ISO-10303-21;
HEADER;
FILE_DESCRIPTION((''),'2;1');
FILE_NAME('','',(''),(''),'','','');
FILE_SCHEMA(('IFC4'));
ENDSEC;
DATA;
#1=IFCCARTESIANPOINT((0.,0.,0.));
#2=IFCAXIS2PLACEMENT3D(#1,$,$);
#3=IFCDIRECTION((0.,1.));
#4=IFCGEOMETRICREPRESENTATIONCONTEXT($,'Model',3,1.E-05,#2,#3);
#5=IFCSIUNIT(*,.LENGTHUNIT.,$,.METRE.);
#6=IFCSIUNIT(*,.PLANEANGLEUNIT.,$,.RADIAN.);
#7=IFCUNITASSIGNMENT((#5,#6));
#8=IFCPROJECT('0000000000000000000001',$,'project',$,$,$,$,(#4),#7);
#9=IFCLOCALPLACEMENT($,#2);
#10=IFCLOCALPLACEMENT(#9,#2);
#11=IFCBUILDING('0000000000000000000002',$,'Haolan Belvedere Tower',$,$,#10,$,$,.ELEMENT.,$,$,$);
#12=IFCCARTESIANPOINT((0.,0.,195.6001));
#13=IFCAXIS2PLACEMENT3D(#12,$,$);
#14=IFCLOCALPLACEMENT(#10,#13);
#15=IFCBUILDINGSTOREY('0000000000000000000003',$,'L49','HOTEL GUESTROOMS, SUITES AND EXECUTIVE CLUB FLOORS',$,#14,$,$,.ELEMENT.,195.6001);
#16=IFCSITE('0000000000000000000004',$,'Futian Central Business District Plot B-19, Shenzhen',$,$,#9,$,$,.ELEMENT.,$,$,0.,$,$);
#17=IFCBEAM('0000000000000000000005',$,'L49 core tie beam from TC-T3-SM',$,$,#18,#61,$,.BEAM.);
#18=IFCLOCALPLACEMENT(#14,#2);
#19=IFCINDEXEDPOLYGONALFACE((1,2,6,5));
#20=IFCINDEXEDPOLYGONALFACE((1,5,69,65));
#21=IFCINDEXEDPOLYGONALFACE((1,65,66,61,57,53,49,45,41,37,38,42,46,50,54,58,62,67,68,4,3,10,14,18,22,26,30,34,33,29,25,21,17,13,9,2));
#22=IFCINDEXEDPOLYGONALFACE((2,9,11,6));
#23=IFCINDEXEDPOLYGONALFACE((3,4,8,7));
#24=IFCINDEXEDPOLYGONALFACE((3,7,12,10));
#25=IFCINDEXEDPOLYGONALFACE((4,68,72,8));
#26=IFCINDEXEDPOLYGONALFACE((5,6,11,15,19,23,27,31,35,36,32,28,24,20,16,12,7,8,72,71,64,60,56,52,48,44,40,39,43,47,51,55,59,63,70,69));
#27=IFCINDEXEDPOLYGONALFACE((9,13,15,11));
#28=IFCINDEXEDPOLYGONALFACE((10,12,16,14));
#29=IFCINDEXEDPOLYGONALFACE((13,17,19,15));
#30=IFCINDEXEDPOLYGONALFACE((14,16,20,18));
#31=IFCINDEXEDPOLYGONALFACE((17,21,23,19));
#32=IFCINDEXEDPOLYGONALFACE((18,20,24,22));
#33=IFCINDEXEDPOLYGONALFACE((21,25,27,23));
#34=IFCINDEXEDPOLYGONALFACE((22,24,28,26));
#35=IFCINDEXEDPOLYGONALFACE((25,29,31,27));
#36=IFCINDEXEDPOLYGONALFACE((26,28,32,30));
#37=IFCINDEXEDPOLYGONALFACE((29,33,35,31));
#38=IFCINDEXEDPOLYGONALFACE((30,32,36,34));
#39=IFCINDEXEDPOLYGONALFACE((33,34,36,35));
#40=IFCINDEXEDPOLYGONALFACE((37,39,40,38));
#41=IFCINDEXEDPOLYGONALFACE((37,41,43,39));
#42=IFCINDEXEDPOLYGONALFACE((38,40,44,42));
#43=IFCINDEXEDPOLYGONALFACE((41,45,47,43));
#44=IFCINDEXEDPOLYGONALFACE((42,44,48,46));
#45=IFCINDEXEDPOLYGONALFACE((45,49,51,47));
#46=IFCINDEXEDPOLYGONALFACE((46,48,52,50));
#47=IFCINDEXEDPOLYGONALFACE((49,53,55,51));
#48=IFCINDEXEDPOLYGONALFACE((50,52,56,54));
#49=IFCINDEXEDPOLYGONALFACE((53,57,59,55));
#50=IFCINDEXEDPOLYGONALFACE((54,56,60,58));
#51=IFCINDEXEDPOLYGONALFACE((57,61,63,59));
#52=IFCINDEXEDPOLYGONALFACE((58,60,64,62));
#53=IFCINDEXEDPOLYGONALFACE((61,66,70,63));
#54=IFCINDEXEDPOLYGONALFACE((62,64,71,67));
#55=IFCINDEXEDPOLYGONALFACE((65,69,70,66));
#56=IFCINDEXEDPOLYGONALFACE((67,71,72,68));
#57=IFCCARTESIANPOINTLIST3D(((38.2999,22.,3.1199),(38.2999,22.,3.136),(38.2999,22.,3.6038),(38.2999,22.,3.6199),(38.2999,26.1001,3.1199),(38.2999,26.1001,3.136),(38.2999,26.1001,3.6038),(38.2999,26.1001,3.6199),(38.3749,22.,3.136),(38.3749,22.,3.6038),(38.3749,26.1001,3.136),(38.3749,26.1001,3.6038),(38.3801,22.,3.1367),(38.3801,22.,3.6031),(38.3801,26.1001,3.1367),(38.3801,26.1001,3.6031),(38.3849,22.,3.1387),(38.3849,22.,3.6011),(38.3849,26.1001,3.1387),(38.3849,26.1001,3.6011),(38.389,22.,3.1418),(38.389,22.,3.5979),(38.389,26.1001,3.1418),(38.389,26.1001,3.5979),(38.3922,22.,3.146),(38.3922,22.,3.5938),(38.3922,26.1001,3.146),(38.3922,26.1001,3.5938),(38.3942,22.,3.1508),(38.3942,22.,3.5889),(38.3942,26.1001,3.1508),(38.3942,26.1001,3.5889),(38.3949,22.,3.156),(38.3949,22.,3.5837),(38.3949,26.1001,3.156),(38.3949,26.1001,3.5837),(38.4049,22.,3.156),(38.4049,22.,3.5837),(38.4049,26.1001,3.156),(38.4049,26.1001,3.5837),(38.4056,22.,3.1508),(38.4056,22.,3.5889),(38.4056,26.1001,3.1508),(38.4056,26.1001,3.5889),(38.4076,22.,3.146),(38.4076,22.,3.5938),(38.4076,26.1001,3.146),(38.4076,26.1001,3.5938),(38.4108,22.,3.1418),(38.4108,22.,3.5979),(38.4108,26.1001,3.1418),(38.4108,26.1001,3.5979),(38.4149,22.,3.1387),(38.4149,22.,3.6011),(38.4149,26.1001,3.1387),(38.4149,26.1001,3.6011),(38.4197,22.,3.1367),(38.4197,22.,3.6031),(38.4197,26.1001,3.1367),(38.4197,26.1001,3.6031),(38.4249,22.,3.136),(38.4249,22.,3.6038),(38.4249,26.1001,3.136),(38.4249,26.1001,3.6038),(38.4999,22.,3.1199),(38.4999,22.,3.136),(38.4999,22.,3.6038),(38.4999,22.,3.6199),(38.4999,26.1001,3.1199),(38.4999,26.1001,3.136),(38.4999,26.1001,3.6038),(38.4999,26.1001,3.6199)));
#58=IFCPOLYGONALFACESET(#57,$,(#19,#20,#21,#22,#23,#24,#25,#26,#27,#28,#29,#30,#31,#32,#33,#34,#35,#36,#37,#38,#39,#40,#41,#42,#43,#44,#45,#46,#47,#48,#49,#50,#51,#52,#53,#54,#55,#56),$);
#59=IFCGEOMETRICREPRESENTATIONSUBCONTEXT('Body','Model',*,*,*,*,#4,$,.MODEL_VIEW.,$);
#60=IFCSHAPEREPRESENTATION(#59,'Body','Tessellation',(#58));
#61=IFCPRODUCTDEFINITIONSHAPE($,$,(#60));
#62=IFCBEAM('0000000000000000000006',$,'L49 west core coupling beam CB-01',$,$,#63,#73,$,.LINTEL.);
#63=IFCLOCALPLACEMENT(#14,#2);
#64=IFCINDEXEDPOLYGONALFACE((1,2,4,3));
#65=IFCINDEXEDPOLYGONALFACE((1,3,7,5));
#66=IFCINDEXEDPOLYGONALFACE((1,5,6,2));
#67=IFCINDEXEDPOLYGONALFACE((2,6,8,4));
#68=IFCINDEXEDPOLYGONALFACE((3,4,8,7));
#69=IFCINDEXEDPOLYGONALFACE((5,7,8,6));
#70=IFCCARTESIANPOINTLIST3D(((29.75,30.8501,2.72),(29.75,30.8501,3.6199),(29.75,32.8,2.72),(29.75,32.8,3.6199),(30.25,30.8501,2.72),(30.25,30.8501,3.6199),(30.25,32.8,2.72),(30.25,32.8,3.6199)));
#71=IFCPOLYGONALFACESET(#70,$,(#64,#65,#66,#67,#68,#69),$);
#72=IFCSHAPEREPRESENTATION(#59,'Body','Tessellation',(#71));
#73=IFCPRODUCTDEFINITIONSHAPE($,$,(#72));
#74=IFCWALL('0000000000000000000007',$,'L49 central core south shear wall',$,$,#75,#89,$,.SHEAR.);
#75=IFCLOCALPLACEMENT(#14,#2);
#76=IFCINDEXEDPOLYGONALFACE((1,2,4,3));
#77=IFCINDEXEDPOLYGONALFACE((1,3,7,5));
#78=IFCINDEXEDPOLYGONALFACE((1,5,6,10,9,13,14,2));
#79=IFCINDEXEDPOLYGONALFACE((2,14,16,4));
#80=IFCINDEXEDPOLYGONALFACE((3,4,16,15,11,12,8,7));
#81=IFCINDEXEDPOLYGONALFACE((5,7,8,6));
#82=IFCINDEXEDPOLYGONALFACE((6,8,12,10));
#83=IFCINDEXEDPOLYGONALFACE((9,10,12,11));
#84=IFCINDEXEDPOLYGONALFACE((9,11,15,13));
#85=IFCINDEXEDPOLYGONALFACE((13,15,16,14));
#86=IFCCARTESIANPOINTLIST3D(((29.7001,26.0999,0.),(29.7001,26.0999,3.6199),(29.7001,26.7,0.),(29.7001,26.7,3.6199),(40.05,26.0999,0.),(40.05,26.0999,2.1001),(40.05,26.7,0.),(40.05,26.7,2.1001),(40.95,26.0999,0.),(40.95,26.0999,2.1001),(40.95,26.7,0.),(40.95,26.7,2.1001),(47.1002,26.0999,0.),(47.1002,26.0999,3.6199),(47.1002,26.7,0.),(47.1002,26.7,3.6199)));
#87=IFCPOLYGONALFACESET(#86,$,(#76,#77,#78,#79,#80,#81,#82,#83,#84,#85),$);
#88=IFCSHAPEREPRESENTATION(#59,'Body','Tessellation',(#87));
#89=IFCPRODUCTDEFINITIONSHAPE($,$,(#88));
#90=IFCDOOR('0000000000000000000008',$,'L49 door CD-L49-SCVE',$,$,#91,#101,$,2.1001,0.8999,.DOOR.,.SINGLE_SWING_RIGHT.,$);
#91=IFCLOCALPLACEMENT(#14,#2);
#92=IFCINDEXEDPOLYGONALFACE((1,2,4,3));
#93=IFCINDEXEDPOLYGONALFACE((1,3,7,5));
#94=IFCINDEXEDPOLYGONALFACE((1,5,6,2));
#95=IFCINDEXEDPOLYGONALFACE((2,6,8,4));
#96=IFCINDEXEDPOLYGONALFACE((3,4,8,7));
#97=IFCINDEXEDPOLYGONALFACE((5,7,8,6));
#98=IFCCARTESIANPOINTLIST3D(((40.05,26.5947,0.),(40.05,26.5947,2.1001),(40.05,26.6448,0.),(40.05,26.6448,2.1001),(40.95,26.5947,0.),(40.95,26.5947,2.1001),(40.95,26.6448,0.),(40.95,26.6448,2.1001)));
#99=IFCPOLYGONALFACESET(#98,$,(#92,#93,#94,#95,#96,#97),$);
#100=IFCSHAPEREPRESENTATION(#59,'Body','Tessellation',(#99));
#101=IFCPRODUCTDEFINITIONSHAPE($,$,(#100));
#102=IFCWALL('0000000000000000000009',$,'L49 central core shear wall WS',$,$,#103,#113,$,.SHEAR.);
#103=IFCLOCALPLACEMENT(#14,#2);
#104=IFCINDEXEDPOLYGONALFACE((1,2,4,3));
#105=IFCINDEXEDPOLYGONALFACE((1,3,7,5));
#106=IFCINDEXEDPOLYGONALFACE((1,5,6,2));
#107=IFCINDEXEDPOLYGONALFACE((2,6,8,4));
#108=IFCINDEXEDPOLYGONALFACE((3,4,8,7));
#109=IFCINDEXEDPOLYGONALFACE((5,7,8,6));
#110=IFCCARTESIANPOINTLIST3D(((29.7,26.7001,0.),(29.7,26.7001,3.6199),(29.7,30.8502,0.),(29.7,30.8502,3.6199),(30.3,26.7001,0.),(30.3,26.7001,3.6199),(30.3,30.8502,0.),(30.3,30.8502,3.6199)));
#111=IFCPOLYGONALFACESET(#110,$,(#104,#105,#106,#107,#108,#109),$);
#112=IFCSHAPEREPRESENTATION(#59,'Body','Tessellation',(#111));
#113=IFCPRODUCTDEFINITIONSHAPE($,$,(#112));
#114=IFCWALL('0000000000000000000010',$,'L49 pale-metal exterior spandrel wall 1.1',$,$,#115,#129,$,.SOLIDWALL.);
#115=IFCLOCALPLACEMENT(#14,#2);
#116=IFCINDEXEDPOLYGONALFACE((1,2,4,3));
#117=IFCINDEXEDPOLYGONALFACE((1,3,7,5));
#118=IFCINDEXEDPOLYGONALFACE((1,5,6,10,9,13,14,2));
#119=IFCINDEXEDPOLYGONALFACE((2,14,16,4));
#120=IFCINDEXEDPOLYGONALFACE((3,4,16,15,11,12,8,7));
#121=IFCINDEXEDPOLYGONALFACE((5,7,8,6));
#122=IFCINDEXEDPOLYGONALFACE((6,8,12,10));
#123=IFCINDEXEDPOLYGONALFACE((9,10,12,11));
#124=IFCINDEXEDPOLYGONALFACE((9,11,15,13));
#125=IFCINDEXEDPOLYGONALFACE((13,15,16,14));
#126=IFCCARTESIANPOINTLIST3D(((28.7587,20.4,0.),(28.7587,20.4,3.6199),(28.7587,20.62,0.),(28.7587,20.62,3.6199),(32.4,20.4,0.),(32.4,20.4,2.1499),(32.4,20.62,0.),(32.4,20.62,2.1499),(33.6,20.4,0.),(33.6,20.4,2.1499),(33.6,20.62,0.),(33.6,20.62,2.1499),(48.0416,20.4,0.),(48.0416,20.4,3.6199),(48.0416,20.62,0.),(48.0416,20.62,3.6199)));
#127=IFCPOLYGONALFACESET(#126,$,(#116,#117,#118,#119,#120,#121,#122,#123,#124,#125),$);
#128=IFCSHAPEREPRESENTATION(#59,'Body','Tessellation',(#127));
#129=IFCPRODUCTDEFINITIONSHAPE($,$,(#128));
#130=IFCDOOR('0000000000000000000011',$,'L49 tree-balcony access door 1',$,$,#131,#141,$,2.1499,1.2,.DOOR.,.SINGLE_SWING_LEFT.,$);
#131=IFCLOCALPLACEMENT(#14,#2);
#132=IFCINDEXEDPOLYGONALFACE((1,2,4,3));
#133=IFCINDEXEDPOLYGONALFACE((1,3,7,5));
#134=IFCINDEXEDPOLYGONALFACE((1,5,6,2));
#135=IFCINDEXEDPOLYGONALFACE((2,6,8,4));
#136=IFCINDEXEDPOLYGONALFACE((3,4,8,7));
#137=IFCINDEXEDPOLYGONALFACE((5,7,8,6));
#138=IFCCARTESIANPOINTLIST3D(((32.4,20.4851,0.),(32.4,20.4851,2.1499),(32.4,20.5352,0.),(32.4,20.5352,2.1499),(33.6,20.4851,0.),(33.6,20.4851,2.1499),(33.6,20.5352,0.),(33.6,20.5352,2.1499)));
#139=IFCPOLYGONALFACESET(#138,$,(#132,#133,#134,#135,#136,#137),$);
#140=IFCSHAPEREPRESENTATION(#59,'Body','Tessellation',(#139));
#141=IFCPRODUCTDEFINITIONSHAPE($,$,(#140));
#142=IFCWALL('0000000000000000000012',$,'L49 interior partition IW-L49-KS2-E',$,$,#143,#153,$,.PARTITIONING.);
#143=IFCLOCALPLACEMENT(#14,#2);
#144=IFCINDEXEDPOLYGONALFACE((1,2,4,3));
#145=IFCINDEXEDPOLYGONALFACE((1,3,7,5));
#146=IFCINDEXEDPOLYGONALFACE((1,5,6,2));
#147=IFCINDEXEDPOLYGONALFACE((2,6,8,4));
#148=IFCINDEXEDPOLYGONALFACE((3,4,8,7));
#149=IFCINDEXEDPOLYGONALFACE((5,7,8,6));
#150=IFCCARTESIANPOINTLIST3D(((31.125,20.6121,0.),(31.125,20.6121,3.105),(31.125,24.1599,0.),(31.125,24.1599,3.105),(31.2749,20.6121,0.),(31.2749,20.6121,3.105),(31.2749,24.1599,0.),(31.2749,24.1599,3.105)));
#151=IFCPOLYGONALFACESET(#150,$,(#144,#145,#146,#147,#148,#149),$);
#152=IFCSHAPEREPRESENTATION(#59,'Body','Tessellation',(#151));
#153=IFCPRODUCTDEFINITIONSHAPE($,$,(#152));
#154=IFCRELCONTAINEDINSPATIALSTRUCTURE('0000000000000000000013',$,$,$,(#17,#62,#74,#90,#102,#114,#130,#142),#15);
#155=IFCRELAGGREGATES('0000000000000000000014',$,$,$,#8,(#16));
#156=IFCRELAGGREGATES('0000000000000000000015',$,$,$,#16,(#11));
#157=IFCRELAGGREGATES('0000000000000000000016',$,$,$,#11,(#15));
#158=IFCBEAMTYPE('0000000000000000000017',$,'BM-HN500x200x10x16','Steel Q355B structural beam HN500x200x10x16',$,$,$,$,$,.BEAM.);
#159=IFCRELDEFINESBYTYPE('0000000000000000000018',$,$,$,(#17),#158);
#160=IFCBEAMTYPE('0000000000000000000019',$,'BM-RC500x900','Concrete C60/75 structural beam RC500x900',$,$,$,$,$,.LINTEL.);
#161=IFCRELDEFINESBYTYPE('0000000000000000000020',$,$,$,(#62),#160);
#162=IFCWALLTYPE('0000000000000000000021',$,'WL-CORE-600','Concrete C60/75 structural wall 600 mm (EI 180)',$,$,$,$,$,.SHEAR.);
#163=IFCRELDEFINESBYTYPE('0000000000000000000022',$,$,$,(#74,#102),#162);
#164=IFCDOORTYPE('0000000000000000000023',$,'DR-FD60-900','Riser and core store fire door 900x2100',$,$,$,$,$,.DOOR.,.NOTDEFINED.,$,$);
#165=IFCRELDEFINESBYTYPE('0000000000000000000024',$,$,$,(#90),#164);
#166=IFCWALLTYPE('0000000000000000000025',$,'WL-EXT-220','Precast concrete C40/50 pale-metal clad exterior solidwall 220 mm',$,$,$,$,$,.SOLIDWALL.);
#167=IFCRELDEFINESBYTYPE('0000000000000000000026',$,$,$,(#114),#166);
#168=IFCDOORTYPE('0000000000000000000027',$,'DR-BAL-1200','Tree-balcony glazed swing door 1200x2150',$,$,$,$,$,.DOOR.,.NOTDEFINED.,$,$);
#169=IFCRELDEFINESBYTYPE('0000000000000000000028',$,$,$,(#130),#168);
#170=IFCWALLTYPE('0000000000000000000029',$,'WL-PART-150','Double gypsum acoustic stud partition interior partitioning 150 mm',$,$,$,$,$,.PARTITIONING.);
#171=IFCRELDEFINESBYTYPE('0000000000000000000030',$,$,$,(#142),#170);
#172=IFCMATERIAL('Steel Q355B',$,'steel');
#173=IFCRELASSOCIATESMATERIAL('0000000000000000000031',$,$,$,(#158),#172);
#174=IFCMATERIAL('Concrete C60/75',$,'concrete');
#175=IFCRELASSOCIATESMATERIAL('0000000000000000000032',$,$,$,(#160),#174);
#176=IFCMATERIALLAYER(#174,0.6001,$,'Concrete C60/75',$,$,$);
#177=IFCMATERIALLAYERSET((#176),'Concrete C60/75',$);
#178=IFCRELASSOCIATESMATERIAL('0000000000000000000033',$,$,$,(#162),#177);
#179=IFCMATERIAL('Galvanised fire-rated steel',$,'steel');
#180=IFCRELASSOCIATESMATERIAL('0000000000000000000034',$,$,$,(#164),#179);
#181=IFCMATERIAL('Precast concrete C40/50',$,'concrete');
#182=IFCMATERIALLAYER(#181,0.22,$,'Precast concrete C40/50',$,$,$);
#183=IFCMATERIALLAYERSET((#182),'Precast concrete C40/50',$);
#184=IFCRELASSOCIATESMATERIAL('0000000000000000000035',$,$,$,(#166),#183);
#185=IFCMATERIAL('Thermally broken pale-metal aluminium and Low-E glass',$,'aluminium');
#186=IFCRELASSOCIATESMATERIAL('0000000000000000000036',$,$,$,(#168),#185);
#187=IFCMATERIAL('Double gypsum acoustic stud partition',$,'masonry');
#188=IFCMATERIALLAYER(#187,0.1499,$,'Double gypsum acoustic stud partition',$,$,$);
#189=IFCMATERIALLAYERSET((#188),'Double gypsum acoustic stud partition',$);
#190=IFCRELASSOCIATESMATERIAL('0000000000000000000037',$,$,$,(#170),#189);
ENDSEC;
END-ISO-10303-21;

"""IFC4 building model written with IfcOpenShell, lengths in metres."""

from ifc_helpers import new_model, si_unit, direction, frame, frame_2d, origin, origin_2d, place, context, subcontext, project, spatial, rectangle, i_section, extrude, material, layer, layer_set, material_profile, profile_set, type_object, element, fill, save


model = new_model("IFC4")

# Units and contexts
model_context = context("Model", 3, precision=1e-05, world=origin(), true_north=direction((0.0, 1.0)))
body_context = subcontext(model_context, "Body", "Model", "MODEL_VIEW")
ifc_project = project(units=[si_unit("LENGTHUNIT", "METRE"), si_unit("PLANEANGLEUNIT", "RADIAN")], contexts=[model_context])

# Site, building, storey
site_placement = place(None, origin())
site = spatial("IfcSite", under=ifc_project, at=site_placement, Name="Futian Central Business District Plot B-19, Shenzhen", CompositionType="ELEMENT", RefElevation=0.0)
building_placement = place(site_placement, origin())
building = spatial("IfcBuilding", under=site, at=building_placement, Name="Haolan Belvedere Tower", CompositionType="ELEMENT")
storey_placement = place(building_placement, frame((0.0, 0.0, 195.6001)))
storey = spatial("IfcBuildingStorey", under=building, at=storey_placement, Name="L49", Description="HOTEL GUESTROOMS, SUITES AND EXECUTIVE CLUB FLOORS", CompositionType="ELEMENT", Elevation=195.6001)

# Beams
ifc_material_1 = material(Name="Steel Q355B", Category="steel")
ifc_material_profile_1 = material_profile(ifc_material_1, i_section(OverallWidth=0.2, OverallDepth=0.5, WebThickness=0.01, FlangeThickness=0.0161, FilletRadius=0.02, at=origin_2d()), Name="Steel Q355B")
ifc_profile_set_1 = profile_set([ifc_material_profile_1], Name="Steel Q355B")
beam_type_1 = type_object("IfcBeamType", Name="BM-HN500x200x10x16", Description="Steel Q355B structural beam HN500x200x10x16", PredefinedType="BEAM", material=ifc_profile_set_1)
beam_1_placement = place(storey_placement, frame((38.3999, 22.0, 3.3699), z_axis=(0.0, 1.0, 0.0), x_axis=(-1.0, 0.0, 0.0)))
element("IfcBeam", 1, at=beam_1_placement, inside=storey, type_object=beam_type_1, Name="L49 core tie beam from TC-T3-SM", PredefinedType="BEAM", context=body_context, shape_type="SweptSolid", body=[
    extrude(i_section(OverallWidth=0.2, OverallDepth=0.5, WebThickness=0.01, FlangeThickness=0.0161, FilletRadius=0.02, at=origin_2d()), origin(), (0.0, 0.0, 1.0), 4.1001),
])
ifc_material_2 = material(Name="Concrete C60/75", Category="concrete")
ifc_material_profile_2 = material_profile(ifc_material_2, rectangle(XDim=0.5, YDim=0.8999, at=origin_2d()), Name="Concrete C60/75")
ifc_profile_set_2 = profile_set([ifc_material_profile_2], Name="Concrete C60/75")
beam_type_2 = type_object("IfcBeamType", Name="BM-RC500x900", Description="Concrete C60/75 structural beam RC500x900", PredefinedType="LINTEL", material=ifc_profile_set_2)
beam_2_placement = place(storey_placement, frame((30.0, 30.8501, 3.1699), z_axis=(0.0, 1.0, 0.0), x_axis=(-1.0, 0.0, 0.0)))
element("IfcBeam", 2, at=beam_2_placement, inside=storey, type_object=beam_type_2, Name="L49 west core coupling beam CB-01", PredefinedType="LINTEL", context=body_context, shape_type="SweptSolid", body=[
    extrude(rectangle(XDim=0.5, YDim=0.8999, at=origin_2d()), origin(), (0.0, 0.0, 1.0), 1.95),
])

# Wall, opening, door
ifc_layer_1 = layer(ifc_material_2, 0.6001, Name="Concrete C60/75")
ifc_layer_set_1 = layer_set([ifc_layer_1], Name="Concrete C60/75")
wall_type_1 = type_object("IfcWallType", Name="WL-CORE-600", Description="Concrete C60/75 structural wall 600 mm (EI 180)", PredefinedType="SHEAR", material=ifc_layer_set_1)
wall_1_placement = place(storey_placement, frame((29.7, 26.3999, 0.0), z_axis=(0.0, 0.0, 1.0), x_axis=(1.0, 0.0, 0.0)))
wall_1 = element("IfcWall", 3, at=wall_1_placement, inside=storey, type_object=wall_type_1, Name="L49 central core south shear wall", PredefinedType="SHEAR", context=body_context, shape_type="SweptSolid", body=[
    extrude(rectangle(XDim=17.4001, YDim=0.6001, at=frame_2d((8.7002, 0.0))), origin(), (0.0, 0.0, 1.0), 3.6199),
])
opening_1_placement = place(wall_1_placement, frame((11.25, 0.0, 0.0), z_axis=(0.0, 0.0, 1.0), x_axis=(-1.0, 0.0, 0.0)))
opening_1 = element("IfcOpeningElement", 4, at=opening_1_placement, cuts=wall_1, PredefinedType="OPENING", context=body_context, shape_type="SweptSolid", body=[
    extrude(rectangle(XDim=0.8999, YDim=2.1001, at=frame_2d((0.45, 1.05))), frame((0.0, 0.3101, 0.0), z_axis=(0.0, -1.0, 0.0), x_axis=(1.0, 0.0, 0.0)), (0.0, 0.0, 1.0), 0.6201),
])
ifc_material_3 = material(Name="Galvanised fire-rated steel", Category="steel")
door_type_1 = type_object("IfcDoorType", Name="DR-FD60-900", Description="Riser and core store fire door 900x2100", OperationType="NOTDEFINED", PredefinedType="DOOR", material=ifc_material_3)
door_1_placement = place(opening_1_placement, origin())
door_1 = element("IfcDoor", 5, at=door_1_placement, inside=storey, type_object=door_type_1, Name="L49 door CD-L49-SCVE", OperationType="SINGLE_SWING_RIGHT", OverallHeight=2.1001, OverallWidth=0.8999, PredefinedType="DOOR", context=body_context, shape_type="SweptSolid", body=[
    extrude(rectangle(XDim=0.8999, YDim=2.1001, at=frame_2d((0.45, 1.05))), frame((0.0, -0.1948, 0.0), z_axis=(0.0, -1.0, 0.0), x_axis=(1.0, 0.0, 0.0)), (0.0, 0.0, 1.0), 0.05),
])
fill(opening_1, door_1)

# Wall
wall_2_placement = place(storey_placement, frame((30.0, 26.7, 0.0), z_axis=(0.0, 0.0, 1.0), x_axis=(0.0, 1.0, 0.0)))
element("IfcWall", 6, at=wall_2_placement, inside=storey, type_object=wall_type_1, Name="L49 central core shear wall WS", PredefinedType="SHEAR", context=body_context, shape_type="SweptSolid", body=[
    extrude(rectangle(XDim=4.1501, YDim=0.6001, at=frame_2d((2.0752, 0.0))), origin(), (0.0, 0.0, 1.0), 3.6199),
])

# Wall, opening, door
ifc_material_4 = material(Name="Precast concrete C40/50", Category="concrete")
ifc_layer_2 = layer(ifc_material_4, 0.22, Name="Precast concrete C40/50")
ifc_layer_set_2 = layer_set([ifc_layer_2], Name="Precast concrete C40/50")
wall_type_2 = type_object("IfcWallType", Name="WL-EXT-220", Description="Precast concrete C40/50 pale-metal clad exterior solidwall 220 mm", PredefinedType="SOLIDWALL", material=ifc_layer_set_2)
wall_3_placement = place(storey_placement, frame((28.7585, 20.51, 0.0), z_axis=(0.0, 0.0, 1.0), x_axis=(1.0, 0.0, 0.0)))
wall_3 = element("IfcWall", 7, at=wall_3_placement, inside=storey, type_object=wall_type_2, Name="L49 pale-metal exterior spandrel wall 1.1", PredefinedType="SOLIDWALL", context=body_context, shape_type="SweptSolid", body=[
    extrude(rectangle(XDim=19.283, YDim=0.22, at=frame_2d((9.6416, 0.0))), origin(), (0.0, 0.0, 1.0), 3.6199),
])
opening_2_placement = place(wall_3_placement, frame((4.8416, 0.0, 0.0), z_axis=(0.0, 0.0, 1.0), x_axis=(-1.0, 0.0, 0.0)))
opening_2 = element("IfcOpeningElement", 8, at=opening_2_placement, cuts=wall_3, PredefinedType="OPENING", context=body_context, shape_type="SweptSolid", body=[
    extrude(rectangle(XDim=1.2, YDim=2.1499, at=frame_2d((0.6001, 1.075))), frame((0.0, 0.1199, 0.0), z_axis=(0.0, -1.0, 0.0), x_axis=(1.0, 0.0, 0.0)), (0.0, 0.0, 1.0), 0.24),
])
ifc_material_5 = material(Name="Thermally broken pale-metal aluminium and Low-E glass", Category="aluminium")
door_type_2 = type_object("IfcDoorType", Name="DR-BAL-1200", Description="Tree-balcony glazed swing door 1200x2150", OperationType="NOTDEFINED", PredefinedType="DOOR", material=ifc_material_5)
door_2_placement = place(opening_2_placement, origin())
door_2 = element("IfcDoor", 9, at=door_2_placement, inside=storey, type_object=door_type_2, Name="L49 tree-balcony access door 1", OperationType="SINGLE_SWING_LEFT", OverallHeight=2.1499, OverallWidth=1.2, PredefinedType="DOOR", context=body_context, shape_type="SweptSolid", body=[
    extrude(rectangle(XDim=1.2, YDim=2.1499, at=frame_2d((0.6001, 1.075))), frame((0.0, 0.0249, 0.0), z_axis=(0.0, -1.0, 0.0), x_axis=(1.0, 0.0, 0.0)), (0.0, 0.0, 1.0), 0.05),
])
fill(opening_2, door_2)
ifc_material_6 = material(Name="Double gypsum acoustic stud partition", Category="masonry")
ifc_layer_3 = layer(ifc_material_6, 0.1499, Name="Double gypsum acoustic stud partition")
ifc_layer_set_3 = layer_set([ifc_layer_3], Name="Double gypsum acoustic stud partition")
wall_type_3 = type_object("IfcWallType", Name="WL-PART-150", Description="Double gypsum acoustic stud partition interior partitioning 150 mm", PredefinedType="PARTITIONING", material=ifc_layer_set_3)

# Wall
wall_4_placement = place(storey_placement, frame((31.2, 20.6121, 0.0), z_axis=(0.0, 0.0, 1.0), x_axis=(0.0, 1.0, 0.0)))
element("IfcWall", 10, at=wall_4_placement, inside=storey, type_object=wall_type_3, Name="L49 interior partition IW-L49-KS2-E", PredefinedType="PARTITIONING", context=body_context, shape_type="SweptSolid", body=[
    extrude(rectangle(XDim=3.5479, YDim=0.1499, at=frame_2d((1.7739, 0.0))), origin(), (0.0, 0.0, 1.0), 3.105),
])

save(model, "model.ifc")
